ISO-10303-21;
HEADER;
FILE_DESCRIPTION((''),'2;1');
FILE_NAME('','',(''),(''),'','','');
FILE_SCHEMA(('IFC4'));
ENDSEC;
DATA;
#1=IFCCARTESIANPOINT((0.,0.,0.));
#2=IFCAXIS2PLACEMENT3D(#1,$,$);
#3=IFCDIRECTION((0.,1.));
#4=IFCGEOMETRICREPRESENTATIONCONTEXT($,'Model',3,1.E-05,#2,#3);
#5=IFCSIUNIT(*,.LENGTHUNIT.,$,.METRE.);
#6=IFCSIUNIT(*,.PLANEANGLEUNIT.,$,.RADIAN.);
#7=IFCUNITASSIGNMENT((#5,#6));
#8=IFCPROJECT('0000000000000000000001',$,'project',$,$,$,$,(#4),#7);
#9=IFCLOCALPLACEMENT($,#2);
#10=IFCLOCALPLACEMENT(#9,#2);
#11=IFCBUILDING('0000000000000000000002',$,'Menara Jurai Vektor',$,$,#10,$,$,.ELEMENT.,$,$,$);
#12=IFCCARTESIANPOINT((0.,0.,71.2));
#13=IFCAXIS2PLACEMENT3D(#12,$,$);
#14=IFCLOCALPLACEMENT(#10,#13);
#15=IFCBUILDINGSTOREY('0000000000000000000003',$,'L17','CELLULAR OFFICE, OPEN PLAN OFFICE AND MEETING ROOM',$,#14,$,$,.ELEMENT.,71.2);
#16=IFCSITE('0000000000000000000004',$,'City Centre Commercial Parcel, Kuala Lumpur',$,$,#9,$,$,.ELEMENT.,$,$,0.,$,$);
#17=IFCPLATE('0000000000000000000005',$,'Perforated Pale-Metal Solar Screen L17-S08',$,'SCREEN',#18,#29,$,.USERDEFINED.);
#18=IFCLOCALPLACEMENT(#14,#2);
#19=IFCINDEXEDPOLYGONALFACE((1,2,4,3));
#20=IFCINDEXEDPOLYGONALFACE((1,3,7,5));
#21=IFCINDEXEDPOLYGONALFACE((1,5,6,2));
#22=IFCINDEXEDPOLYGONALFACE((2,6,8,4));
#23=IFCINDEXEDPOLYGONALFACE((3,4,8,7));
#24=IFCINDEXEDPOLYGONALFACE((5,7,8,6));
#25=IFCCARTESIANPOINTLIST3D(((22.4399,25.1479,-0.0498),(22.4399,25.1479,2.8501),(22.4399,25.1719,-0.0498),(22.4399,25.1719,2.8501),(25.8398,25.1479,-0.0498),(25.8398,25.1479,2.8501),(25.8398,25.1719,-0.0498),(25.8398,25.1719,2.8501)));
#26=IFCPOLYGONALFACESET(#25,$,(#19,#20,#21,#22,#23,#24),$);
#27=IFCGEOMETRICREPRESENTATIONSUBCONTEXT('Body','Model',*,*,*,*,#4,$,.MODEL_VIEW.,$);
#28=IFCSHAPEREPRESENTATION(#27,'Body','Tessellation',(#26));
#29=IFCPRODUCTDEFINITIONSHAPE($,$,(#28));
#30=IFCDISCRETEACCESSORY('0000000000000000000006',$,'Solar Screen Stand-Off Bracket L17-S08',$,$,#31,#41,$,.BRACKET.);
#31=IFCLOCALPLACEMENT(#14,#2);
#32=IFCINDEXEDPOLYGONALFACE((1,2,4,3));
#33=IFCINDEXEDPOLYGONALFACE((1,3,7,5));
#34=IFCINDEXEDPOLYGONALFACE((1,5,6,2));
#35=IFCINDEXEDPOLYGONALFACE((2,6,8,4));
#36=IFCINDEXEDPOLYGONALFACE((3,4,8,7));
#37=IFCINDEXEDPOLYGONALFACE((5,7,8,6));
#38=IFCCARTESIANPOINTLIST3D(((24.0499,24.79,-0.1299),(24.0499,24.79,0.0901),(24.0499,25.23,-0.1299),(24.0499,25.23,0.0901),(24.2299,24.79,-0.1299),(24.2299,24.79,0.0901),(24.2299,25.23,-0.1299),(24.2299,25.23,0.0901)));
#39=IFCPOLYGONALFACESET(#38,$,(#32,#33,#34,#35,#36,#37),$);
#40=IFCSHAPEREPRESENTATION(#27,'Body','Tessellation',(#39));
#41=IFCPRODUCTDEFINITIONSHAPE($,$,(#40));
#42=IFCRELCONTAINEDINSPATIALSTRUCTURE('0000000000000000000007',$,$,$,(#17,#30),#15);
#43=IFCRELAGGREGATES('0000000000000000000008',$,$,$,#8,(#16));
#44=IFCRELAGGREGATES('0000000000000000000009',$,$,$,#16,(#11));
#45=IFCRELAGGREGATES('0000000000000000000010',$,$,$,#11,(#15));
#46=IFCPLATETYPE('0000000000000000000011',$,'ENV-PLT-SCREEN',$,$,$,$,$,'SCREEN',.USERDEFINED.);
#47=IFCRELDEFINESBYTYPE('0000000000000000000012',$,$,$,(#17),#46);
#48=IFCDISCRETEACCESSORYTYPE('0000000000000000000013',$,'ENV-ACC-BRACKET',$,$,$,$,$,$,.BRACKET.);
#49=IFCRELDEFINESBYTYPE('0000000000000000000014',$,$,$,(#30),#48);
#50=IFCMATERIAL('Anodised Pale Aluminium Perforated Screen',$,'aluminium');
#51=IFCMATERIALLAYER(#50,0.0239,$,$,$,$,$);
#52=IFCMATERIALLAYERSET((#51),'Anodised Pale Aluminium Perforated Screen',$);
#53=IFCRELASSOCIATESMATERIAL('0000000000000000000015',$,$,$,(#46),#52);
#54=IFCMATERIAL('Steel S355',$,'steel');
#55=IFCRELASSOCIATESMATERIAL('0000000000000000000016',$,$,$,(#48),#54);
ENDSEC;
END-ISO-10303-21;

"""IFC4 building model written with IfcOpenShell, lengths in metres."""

from ifc_helpers import new_model, si_unit, direction, frame, origin, origin_2d, place, context, subcontext, project, spatial, rectangle, extrude, material, layer, layer_set, type_object, element, save


model = new_model("IFC4")

# Units and contexts
model_context = context("Model", 3, precision=1e-05, world=origin(), true_north=direction((0.0, 1.0)))
body_context = subcontext(model_context, "Body", "Model", "MODEL_VIEW")
ifc_project = project(units=[si_unit("LENGTHUNIT", "METRE"), si_unit("PLANEANGLEUNIT", "RADIAN")], contexts=[model_context])

# Site, building, storey
site_placement = place(None, origin())
site = spatial("IfcSite", under=ifc_project, at=site_placement, Name="City Centre Commercial Parcel, Kuala Lumpur", CompositionType="ELEMENT", RefElevation=0.0)
building_placement = place(site_placement, origin())
building = spatial("IfcBuilding", under=site, at=building_placement, Name="Menara Jurai Vektor", CompositionType="ELEMENT")
storey_placement = place(building_placement, frame((0.0, 0.0, 71.2)))
storey = spatial("IfcBuildingStorey", under=building, at=storey_placement, Name="L17", Description="CELLULAR OFFICE, OPEN PLAN OFFICE AND MEETING ROOM", CompositionType="ELEMENT", Elevation=71.2)

# Shared definitions
ifc_material_1 = material(Name="Steel S355", Category="steel")

# Plate
ifc_material_2 = material(Name="Anodised Pale Aluminium Perforated Screen", Category="aluminium")
ifc_layer_1 = layer(ifc_material_2, 0.0239)
ifc_layer_set_1 = layer_set([ifc_layer_1], Name="Anodised Pale Aluminium Perforated Screen")
plate_type_1 = type_object("IfcPlateType", Name="ENV-PLT-SCREEN", ElementType="SCREEN", PredefinedType="USERDEFINED", material=ifc_layer_set_1)
plate_1_placement = place(storey_placement, frame((24.1399, 25.1599, -0.0498), z_axis=(0.0, 0.0, 1.0), x_axis=(-1.0, 0.0, 0.0)))
element("IfcPlate", 1, at=plate_1_placement, inside=storey, type_object=plate_type_1, Name="Perforated Pale-Metal Solar Screen L17-S08", ObjectType="SCREEN", PredefinedType="USERDEFINED", context=body_context, shape_type="SweptSolid", body=[
    extrude(rectangle(XDim=3.3999, YDim=0.0239, at=origin_2d()), origin(), (0.0, 0.0, 1.0), 2.8999),
])

# Discrete accessory
discrete_accessory_type = type_object("IfcDiscreteAccessoryType", Name="ENV-ACC-BRACKET", PredefinedType="BRACKET", material=ifc_material_1)
discrete_accessory_placement = place(storey_placement, frame((24.1399, 25.01, -0.1299), z_axis=(0.0, 0.0, 1.0), x_axis=(-1.0, 0.0, 0.0)))
element("IfcDiscreteAccessory", 2, at=discrete_accessory_placement, inside=storey, type_object=discrete_accessory_type, Name="Solar Screen Stand-Off Bracket L17-S08", PredefinedType="BRACKET", context=body_context, shape_type="SweptSolid", body=[
    extrude(rectangle(XDim=0.1799, YDim=0.4399, at=origin_2d()), origin(), (0.0, 0.0, 1.0), 0.22),
])

save(model, "model.ifc")
